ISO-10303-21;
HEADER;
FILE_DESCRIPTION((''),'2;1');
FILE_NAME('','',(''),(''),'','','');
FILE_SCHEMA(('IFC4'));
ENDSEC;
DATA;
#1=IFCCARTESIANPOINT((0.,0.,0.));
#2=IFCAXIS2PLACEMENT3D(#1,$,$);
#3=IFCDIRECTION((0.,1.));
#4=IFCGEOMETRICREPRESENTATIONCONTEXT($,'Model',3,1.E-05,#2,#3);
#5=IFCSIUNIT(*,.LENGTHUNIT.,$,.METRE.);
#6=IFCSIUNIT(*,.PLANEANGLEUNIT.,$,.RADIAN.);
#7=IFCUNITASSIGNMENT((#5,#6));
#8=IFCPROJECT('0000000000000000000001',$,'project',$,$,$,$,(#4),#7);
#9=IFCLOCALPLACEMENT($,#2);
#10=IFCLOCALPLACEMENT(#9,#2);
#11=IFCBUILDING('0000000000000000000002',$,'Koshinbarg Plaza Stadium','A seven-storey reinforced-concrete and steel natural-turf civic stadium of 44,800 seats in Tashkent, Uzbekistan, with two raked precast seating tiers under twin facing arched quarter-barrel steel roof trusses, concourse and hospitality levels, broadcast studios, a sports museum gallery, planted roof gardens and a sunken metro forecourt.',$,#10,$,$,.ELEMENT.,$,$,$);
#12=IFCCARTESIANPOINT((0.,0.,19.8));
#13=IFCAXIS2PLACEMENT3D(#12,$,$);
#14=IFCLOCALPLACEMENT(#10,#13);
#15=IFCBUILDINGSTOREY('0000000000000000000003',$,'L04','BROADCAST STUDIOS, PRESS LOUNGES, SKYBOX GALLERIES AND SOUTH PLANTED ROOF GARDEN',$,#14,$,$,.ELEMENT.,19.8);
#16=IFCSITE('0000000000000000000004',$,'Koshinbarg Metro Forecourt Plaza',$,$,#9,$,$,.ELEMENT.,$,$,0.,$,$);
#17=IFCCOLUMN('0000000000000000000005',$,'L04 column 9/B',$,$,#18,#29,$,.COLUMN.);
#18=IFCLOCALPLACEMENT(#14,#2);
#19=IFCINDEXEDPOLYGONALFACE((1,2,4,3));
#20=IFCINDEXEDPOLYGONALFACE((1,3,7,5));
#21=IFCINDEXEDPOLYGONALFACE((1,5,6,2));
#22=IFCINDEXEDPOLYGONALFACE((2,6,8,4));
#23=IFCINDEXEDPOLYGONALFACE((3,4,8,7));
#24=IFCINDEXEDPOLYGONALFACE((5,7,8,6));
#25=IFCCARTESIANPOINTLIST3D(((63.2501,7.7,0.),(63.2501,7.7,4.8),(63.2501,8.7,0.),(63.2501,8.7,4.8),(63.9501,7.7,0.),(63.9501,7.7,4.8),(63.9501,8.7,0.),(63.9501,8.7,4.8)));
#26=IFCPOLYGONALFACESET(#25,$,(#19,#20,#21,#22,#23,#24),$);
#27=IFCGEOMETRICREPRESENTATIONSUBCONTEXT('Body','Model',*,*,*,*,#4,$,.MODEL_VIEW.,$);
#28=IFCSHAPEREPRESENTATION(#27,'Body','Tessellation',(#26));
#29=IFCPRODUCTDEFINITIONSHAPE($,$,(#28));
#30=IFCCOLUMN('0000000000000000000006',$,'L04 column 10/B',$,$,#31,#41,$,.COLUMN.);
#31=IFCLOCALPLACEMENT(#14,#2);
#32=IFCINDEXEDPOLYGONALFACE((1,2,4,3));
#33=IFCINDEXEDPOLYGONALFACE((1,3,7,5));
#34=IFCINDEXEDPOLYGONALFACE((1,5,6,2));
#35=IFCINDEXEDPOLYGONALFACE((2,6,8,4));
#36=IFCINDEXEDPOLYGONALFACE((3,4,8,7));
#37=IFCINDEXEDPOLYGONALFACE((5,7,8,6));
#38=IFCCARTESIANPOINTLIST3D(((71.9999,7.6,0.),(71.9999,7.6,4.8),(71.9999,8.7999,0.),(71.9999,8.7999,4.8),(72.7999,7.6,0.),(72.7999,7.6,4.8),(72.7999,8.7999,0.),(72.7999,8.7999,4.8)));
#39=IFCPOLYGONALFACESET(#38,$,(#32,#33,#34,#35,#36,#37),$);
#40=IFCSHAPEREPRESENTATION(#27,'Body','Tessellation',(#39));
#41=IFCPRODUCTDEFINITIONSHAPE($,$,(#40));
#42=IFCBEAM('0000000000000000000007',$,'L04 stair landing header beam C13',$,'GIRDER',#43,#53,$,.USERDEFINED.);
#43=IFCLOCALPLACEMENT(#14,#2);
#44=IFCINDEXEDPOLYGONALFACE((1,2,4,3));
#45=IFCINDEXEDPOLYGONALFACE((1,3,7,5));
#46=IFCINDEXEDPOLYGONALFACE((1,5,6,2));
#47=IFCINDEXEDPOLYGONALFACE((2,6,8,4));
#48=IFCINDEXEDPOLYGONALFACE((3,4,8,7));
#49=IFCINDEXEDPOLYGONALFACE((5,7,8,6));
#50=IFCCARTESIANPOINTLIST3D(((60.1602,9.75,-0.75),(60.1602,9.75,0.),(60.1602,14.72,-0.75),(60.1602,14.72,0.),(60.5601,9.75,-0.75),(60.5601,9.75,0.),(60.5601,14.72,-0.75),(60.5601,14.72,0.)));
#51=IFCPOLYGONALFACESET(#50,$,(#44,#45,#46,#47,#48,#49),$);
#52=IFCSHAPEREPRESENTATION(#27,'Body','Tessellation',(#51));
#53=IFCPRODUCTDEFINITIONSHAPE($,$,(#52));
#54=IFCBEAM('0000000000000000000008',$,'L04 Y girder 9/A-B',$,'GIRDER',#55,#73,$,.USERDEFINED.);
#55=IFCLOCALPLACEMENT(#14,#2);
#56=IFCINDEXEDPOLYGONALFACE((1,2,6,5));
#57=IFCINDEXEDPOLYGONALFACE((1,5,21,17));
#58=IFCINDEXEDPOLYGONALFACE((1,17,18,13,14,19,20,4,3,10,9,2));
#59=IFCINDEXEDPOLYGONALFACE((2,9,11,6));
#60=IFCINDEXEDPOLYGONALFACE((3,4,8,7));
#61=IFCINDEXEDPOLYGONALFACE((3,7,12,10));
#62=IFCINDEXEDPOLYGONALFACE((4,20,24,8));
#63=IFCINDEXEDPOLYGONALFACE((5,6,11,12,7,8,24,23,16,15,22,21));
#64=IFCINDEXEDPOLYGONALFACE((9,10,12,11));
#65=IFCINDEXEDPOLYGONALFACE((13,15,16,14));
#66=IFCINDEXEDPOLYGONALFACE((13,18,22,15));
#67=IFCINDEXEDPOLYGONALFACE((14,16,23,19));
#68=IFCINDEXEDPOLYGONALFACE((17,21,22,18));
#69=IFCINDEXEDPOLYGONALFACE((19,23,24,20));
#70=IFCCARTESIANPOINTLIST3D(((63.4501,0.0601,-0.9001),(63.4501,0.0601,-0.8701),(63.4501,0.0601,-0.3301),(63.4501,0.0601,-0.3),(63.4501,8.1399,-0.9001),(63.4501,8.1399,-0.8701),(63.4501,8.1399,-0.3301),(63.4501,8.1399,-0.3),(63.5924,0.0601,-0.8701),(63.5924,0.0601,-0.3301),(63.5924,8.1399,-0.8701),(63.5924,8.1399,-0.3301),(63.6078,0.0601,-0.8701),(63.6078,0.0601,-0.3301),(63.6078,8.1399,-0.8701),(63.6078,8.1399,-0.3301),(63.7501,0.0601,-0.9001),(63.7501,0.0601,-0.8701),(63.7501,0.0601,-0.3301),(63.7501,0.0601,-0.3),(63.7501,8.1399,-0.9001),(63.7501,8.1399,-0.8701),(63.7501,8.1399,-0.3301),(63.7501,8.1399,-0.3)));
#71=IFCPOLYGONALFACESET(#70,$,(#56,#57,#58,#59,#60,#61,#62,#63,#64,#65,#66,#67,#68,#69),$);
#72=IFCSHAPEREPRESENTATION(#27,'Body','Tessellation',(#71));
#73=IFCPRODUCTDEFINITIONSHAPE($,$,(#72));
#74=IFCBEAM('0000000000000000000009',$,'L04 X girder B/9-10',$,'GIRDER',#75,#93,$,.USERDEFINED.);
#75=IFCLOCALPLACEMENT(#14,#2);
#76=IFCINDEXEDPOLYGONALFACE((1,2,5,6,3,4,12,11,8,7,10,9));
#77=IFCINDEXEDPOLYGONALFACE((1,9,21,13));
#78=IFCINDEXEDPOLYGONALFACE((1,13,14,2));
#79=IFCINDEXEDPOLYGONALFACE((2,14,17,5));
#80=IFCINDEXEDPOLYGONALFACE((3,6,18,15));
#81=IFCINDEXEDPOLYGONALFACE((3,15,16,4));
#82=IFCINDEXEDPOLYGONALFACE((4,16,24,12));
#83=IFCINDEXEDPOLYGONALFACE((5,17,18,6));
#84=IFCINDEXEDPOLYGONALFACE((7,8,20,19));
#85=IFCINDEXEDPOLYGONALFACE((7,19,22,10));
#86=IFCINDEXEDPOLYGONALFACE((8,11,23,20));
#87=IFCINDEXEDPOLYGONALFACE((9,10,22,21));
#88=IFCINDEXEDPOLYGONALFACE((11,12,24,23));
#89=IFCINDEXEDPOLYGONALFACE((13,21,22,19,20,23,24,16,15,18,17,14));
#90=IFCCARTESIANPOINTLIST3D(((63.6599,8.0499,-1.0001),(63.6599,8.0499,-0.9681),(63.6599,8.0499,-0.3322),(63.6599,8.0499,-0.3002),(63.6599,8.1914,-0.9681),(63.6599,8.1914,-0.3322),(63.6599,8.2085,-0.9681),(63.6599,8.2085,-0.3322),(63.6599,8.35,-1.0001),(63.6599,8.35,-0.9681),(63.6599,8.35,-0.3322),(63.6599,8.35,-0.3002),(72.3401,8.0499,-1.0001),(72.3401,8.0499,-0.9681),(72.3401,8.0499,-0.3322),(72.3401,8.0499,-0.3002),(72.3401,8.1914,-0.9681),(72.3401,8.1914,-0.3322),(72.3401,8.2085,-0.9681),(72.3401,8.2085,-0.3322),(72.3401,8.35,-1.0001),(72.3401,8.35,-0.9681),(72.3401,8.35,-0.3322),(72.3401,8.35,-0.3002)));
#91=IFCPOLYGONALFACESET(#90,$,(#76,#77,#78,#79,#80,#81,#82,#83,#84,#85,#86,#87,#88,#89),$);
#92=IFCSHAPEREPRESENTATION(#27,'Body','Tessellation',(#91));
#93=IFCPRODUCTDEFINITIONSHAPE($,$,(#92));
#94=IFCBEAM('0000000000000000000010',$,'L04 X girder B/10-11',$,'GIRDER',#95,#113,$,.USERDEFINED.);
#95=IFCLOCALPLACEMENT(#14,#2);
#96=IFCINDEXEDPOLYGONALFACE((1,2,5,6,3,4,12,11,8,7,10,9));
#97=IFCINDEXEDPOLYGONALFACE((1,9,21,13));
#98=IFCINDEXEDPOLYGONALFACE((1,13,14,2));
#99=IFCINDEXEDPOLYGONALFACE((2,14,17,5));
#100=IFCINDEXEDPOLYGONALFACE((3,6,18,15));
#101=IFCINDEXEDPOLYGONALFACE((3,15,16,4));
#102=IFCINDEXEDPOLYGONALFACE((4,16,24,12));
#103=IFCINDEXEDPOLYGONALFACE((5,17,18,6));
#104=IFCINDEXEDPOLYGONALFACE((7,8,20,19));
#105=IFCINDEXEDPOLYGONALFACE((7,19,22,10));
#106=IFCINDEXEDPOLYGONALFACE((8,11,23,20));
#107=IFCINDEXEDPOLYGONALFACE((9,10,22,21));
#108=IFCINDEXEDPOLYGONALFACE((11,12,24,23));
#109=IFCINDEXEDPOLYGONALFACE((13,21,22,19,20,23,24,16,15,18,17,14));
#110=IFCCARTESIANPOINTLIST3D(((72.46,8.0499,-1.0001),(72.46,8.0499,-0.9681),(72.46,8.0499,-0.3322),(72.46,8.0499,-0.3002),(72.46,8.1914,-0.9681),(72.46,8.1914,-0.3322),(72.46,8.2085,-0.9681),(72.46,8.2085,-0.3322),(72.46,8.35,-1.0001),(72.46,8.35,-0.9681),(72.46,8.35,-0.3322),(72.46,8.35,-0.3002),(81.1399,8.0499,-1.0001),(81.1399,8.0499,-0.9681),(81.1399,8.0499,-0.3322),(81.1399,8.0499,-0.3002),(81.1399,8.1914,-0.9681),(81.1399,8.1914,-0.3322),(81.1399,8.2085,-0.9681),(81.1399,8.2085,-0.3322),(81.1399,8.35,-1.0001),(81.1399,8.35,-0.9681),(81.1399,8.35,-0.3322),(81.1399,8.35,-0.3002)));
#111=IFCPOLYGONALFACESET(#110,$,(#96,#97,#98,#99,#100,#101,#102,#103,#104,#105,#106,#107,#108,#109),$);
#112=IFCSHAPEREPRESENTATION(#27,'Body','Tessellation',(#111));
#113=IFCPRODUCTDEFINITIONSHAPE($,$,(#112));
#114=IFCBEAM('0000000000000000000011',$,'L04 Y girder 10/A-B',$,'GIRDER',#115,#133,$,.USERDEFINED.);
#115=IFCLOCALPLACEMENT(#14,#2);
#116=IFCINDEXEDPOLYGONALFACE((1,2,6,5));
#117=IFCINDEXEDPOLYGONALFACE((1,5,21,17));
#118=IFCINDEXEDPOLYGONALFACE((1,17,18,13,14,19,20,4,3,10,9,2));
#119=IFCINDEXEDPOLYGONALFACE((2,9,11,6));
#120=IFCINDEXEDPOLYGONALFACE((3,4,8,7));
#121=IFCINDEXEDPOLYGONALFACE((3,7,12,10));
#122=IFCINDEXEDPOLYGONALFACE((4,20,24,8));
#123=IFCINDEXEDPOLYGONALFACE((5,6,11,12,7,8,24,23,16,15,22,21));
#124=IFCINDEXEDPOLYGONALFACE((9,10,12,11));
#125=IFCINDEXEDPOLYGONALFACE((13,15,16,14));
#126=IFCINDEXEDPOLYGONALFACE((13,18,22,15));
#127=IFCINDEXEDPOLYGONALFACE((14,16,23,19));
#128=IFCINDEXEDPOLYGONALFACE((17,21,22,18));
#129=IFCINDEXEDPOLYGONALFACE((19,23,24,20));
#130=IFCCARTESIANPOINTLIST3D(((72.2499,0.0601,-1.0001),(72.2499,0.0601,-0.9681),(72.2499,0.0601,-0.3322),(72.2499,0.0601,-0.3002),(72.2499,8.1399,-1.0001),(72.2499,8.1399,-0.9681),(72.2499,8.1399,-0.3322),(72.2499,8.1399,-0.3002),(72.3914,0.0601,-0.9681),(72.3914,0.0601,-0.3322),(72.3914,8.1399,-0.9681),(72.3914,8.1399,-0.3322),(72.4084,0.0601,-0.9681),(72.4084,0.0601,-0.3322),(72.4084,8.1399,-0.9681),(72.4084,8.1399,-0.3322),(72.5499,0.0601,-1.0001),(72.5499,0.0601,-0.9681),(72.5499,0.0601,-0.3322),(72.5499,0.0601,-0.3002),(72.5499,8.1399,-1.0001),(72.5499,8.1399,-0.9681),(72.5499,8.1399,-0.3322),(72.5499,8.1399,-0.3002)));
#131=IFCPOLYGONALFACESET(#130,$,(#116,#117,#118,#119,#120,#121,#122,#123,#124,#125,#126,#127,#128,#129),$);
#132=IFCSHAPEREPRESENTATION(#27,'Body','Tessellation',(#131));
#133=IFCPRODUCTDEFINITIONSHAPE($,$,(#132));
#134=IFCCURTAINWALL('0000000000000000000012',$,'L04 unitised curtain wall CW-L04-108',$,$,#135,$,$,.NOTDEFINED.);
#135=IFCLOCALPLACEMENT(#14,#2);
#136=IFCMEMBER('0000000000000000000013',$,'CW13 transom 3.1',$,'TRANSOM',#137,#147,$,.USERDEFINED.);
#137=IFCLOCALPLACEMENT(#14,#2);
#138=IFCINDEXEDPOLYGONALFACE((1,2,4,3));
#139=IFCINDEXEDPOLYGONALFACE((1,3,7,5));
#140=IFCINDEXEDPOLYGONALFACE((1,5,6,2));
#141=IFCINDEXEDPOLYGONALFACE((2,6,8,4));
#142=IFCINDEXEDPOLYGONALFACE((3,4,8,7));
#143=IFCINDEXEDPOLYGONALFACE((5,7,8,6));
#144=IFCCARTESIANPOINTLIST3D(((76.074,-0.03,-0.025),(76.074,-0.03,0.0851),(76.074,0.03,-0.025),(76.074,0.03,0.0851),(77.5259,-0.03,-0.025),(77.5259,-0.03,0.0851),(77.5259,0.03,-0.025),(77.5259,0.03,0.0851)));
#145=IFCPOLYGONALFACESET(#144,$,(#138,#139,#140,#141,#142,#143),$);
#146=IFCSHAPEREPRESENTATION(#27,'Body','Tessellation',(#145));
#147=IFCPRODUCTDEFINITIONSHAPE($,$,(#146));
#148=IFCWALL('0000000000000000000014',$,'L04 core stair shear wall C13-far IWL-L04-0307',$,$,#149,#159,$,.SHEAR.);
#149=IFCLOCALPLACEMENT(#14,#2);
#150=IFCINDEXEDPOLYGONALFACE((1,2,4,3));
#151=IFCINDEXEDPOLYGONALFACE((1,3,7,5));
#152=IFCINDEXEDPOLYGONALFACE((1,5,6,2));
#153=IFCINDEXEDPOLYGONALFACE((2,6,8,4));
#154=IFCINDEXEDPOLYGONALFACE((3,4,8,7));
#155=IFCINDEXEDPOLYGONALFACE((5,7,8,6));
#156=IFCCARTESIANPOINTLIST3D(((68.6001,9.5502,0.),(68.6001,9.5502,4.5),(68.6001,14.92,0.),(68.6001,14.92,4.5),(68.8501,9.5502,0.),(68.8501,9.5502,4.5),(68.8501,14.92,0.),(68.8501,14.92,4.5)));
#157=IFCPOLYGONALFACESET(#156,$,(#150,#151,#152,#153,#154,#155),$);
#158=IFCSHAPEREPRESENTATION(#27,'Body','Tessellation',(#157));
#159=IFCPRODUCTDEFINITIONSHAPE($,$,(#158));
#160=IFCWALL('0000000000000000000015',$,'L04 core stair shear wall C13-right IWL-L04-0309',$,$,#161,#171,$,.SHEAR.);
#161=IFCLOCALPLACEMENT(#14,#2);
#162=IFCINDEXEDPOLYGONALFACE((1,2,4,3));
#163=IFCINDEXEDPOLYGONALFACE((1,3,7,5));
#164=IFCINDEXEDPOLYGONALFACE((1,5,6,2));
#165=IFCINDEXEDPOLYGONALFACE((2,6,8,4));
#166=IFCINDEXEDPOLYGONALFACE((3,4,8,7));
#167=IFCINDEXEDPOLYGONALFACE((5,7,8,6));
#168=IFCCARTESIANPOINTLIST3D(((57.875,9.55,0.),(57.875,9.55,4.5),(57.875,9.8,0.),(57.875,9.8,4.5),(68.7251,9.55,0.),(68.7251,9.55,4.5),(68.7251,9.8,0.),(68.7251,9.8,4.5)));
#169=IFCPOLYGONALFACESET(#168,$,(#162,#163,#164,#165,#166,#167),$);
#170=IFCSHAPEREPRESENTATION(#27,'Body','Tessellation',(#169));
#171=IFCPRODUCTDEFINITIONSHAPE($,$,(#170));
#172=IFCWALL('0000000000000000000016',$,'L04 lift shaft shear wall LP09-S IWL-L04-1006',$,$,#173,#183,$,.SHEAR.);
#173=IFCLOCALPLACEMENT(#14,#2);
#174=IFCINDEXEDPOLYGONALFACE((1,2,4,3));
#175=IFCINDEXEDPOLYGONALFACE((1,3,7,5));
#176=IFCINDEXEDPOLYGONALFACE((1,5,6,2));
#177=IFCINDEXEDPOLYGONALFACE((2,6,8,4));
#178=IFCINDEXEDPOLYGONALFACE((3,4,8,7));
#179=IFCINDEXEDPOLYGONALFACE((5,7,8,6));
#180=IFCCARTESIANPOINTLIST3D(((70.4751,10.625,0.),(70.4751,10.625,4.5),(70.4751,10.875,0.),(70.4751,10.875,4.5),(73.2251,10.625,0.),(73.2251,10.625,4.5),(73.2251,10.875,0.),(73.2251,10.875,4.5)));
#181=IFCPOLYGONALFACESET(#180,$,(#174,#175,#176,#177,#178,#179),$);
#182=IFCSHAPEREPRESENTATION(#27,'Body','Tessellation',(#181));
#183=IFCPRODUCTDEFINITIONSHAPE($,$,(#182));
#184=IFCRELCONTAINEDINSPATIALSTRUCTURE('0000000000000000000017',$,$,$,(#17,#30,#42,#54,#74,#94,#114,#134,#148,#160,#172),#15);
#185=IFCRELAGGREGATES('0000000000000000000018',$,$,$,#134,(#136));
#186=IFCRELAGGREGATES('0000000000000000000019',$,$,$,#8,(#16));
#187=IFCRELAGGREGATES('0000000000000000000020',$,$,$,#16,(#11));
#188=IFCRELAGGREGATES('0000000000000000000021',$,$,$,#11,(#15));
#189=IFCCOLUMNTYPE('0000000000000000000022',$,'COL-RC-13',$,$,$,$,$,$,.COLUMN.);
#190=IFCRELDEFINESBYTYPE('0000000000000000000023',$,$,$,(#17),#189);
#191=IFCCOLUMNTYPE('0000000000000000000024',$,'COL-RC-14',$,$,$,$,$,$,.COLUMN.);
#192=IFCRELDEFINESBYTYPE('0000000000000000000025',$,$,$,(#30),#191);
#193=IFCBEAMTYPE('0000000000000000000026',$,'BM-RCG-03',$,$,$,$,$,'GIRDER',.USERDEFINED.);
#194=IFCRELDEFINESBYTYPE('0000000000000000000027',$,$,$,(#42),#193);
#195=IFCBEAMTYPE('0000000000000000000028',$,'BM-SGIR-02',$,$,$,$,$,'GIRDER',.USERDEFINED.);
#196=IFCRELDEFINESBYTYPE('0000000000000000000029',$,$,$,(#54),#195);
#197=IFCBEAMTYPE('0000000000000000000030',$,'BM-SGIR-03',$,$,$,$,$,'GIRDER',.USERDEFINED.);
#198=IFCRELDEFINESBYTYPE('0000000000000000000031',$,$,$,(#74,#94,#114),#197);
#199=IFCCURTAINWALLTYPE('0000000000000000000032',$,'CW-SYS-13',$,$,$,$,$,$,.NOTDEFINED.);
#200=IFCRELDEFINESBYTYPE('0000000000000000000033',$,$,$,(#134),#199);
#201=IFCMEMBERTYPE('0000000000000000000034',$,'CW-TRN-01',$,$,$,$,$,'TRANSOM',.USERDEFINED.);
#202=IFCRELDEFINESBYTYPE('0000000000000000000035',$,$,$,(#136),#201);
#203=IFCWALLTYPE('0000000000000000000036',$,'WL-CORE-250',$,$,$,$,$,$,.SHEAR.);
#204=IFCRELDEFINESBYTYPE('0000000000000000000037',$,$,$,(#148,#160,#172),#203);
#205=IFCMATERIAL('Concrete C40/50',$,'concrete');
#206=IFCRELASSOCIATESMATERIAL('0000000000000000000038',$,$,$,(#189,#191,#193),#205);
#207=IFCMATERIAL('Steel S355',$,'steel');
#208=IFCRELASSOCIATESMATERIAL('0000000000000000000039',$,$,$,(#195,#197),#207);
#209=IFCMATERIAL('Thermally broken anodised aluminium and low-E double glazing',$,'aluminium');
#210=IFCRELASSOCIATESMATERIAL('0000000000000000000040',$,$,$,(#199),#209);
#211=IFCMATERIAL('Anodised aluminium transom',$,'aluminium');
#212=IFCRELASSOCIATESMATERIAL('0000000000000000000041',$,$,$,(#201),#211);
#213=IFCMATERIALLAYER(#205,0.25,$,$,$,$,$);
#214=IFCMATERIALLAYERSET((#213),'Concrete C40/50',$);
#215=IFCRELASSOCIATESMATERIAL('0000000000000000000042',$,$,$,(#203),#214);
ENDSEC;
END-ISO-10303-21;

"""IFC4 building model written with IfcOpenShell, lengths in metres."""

from ifc_helpers import new_model, si_unit, direction, frame, frame_2d, origin, origin_2d, place, context, subcontext, project, spatial, rectangle, i_section, extrude, material, layer, layer_set, material_profile, profile_set, type_object, element, aggregate, save


model = new_model("IFC4")

# Units and contexts
model_context = context("Model", 3, precision=1e-05, world=origin(), true_north=direction((0.0, 1.0)))
body_context = subcontext(model_context, "Body", "Model", "MODEL_VIEW")
ifc_project = project(units=[si_unit("LENGTHUNIT", "METRE"), si_unit("PLANEANGLEUNIT", "RADIAN")], contexts=[model_context])

# Site, building, storey
site_placement = place(None, origin())
site = spatial("IfcSite", under=ifc_project, at=site_placement, Name="Koshinbarg Metro Forecourt Plaza", CompositionType="ELEMENT", RefElevation=0.0)
building_placement = place(site_placement, origin())
building = spatial("IfcBuilding", under=site, at=building_placement, Name="Koshinbarg Plaza Stadium", Description="A seven-storey reinforced-concrete and steel natural-turf civic stadium of 44,800 seats in Tashkent, Uzbekistan, with two raked precast seating tiers under twin facing arched quarter-barrel steel roof trusses, concourse and hospitality levels, broadcast studios, a sports museum gallery, planted roof gardens and a sunken metro forecourt.", CompositionType="ELEMENT")
storey_placement = place(building_placement, frame((0.0, 0.0, 19.8)))
storey = spatial("IfcBuildingStorey", under=building, at=storey_placement, Name="L04", Description="BROADCAST STUDIOS, PRESS LOUNGES, SKYBOX GALLERIES AND SOUTH PLANTED ROOF GARDEN", CompositionType="ELEMENT", Elevation=19.8)

# Columns
ifc_material_1 = material(Name="Concrete C40/50", Category="concrete")
ifc_material_profile_1 = material_profile(ifc_material_1, rectangle(XDim=0.7, YDim=1.0, at=origin_2d()), Name="RC 700x1000")
ifc_profile_set_1 = profile_set([ifc_material_profile_1], Name="Concrete C40/50")
column_type_1 = type_object("IfcColumnType", Name="COL-RC-13", PredefinedType="COLUMN", material=ifc_profile_set_1)
column_1_placement = place(storey_placement, frame((63.6001, 8.2, 0.0), z_axis=(0.0, 0.0, 1.0), x_axis=(1.0, 0.0, 0.0)))
element("IfcColumn", 1, at=column_1_placement, inside=storey, type_object=column_type_1, Name="L04 column 9/B", PredefinedType="COLUMN", context=body_context, shape_type="SweptSolid", body=[
    extrude(rectangle(XDim=0.7, YDim=1.0, at=origin_2d()), origin(), (0.0, 0.0, 1.0), 4.8),
])
ifc_material_profile_2 = material_profile(ifc_material_1, rectangle(XDim=0.8, YDim=1.2, at=origin_2d()), Name="RC 800x1200")
ifc_profile_set_2 = profile_set([ifc_material_profile_2], Name="Concrete C40/50")
column_type_2 = type_object("IfcColumnType", Name="COL-RC-14", PredefinedType="COLUMN", material=ifc_profile_set_2)
column_2_placement = place(storey_placement, frame((72.3999, 8.2, 0.0), z_axis=(0.0, 0.0, 1.0), x_axis=(1.0, 0.0, 0.0)))
element("IfcColumn", 2, at=column_2_placement, inside=storey, type_object=column_type_2, Name="L04 column 10/B", PredefinedType="COLUMN", context=body_context, shape_type="SweptSolid", body=[
    extrude(rectangle(XDim=0.8, YDim=1.2, at=origin_2d()), origin(), (0.0, 0.0, 1.0), 4.8),
])

# Beams
ifc_material_profile_3 = material_profile(ifc_material_1, rectangle(XDim=0.3999, YDim=0.75, at=origin_2d()), Name="RC 400x750")
ifc_profile_set_3 = profile_set([ifc_material_profile_3], Name="Concrete C40/50")
beam_type_1 = type_object("IfcBeamType", Name="BM-RCG-03", ElementType="GIRDER", PredefinedType="USERDEFINED", material=ifc_profile_set_3)
beam_1_placement = place(storey_placement, frame((60.3601, 9.75, -0.375), z_axis=(0.0, 1.0, 0.0), x_axis=(-1.0, 0.0, 0.0)))
element("IfcBeam", 3, at=beam_1_placement, inside=storey, type_object=beam_type_1, Name="L04 stair landing header beam C13", ObjectType="GIRDER", PredefinedType="USERDEFINED", context=body_context, shape_type="SweptSolid", body=[
    extrude(rectangle(XDim=0.3999, YDim=0.75, at=origin_2d()), origin(), (0.0, 0.0, 1.0), 4.97),
])
ifc_material_2 = material(Name="Steel S355", Category="steel")
ifc_material_profile_4 = material_profile(ifc_material_2, i_section(OverallWidth=0.3, OverallDepth=0.6001, WebThickness=0.0154, FlangeThickness=0.03, at=origin_2d()), Name="HEB 600")
ifc_profile_set_4 = profile_set([ifc_material_profile_4], Name="Steel S355")
beam_type_2 = type_object("IfcBeamType", Name="BM-SGIR-02", ElementType="GIRDER", PredefinedType="USERDEFINED", material=ifc_profile_set_4)
beam_2_placement = place(storey_placement, frame((63.6001, 0.0601, -0.6001), z_axis=(0.0, 1.0, 0.0), x_axis=(-1.0, 0.0, 0.0)))
element("IfcBeam", 4, at=beam_2_placement, inside=storey, type_object=beam_type_2, Name="L04 Y girder 9/A-B", ObjectType="GIRDER", PredefinedType="USERDEFINED", context=body_context, shape_type="SweptSolid", body=[
    extrude(i_section(OverallWidth=0.3, OverallDepth=0.6001, WebThickness=0.0154, FlangeThickness=0.03, at=origin_2d()), origin(), (0.0, 0.0, 1.0), 8.0798),
])
ifc_material_profile_5 = material_profile(ifc_material_2, i_section(OverallWidth=0.3, OverallDepth=0.7, WebThickness=0.0171, FlangeThickness=0.032, at=origin_2d()), Name="HEB 700")
ifc_profile_set_5 = profile_set([ifc_material_profile_5], Name="Steel S355")
beam_type_3 = type_object("IfcBeamType", Name="BM-SGIR-03", ElementType="GIRDER", PredefinedType="USERDEFINED", material=ifc_profile_set_5)
beam_3_placement = place(storey_placement, frame((63.6599, 8.2, -0.6501), z_axis=(1.0, 0.0, 0.0), x_axis=(0.0, 1.0, 0.0)))
element("IfcBeam", 5, at=beam_3_placement, inside=storey, type_object=beam_type_3, Name="L04 X girder B/9-10", ObjectType="GIRDER", PredefinedType="USERDEFINED", context=body_context, shape_type="SweptSolid", body=[
    extrude(i_section(OverallWidth=0.3, OverallDepth=0.7, WebThickness=0.0171, FlangeThickness=0.032, at=origin_2d()), origin(), (0.0, 0.0, 1.0), 8.6802),
])
beam_4_placement = place(storey_placement, frame((72.46, 8.2, -0.6501), z_axis=(1.0, 0.0, 0.0), x_axis=(0.0, 1.0, 0.0)))
element("IfcBeam", 6, at=beam_4_placement, inside=storey, type_object=beam_type_3, Name="L04 X girder B/10-11", ObjectType="GIRDER", PredefinedType="USERDEFINED", context=body_context, shape_type="SweptSolid", body=[
    extrude(i_section(OverallWidth=0.3, OverallDepth=0.7, WebThickness=0.0171, FlangeThickness=0.032, at=origin_2d()), origin(), (0.0, 0.0, 1.0), 8.6799),
])
beam_5_placement = place(storey_placement, frame((72.3999, 0.0601, -0.6501), z_axis=(0.0, 1.0, 0.0), x_axis=(-1.0, 0.0, 0.0)))
element("IfcBeam", 7, at=beam_5_placement, inside=storey, type_object=beam_type_3, Name="L04 Y girder 10/A-B", ObjectType="GIRDER", PredefinedType="USERDEFINED", context=body_context, shape_type="SweptSolid", body=[
    extrude(i_section(OverallWidth=0.3, OverallDepth=0.7, WebThickness=0.0171, FlangeThickness=0.032, at=origin_2d()), origin(), (0.0, 0.0, 1.0), 8.0798),
])

# Curtain wall, member
ifc_material_3 = material(Name="Thermally broken anodised aluminium and low-E double glazing", Category="aluminium")
curtain_wall_type = type_object("IfcCurtainWallType", Name="CW-SYS-13", PredefinedType="NOTDEFINED", material=ifc_material_3)
curtain_wall_placement = place(storey_placement, origin())
curtain_wall = element("IfcCurtainWall", 8, at=curtain_wall_placement, inside=storey, type_object=curtain_wall_type, Name="L04 unitised curtain wall CW-L04-108", PredefinedType="NOTDEFINED")
ifc_material_4 = material(Name="Anodised aluminium transom", Category="aluminium")
ifc_material_profile_6 = material_profile(ifc_material_4, rectangle(XDim=0.0601, YDim=0.1101, at=origin_2d()), Name="ALU 60x110")
ifc_profile_set_6 = profile_set([ifc_material_profile_6], Name="Anodised aluminium transom")
member_type = type_object("IfcMemberType", Name="CW-TRN-01", ElementType="TRANSOM", PredefinedType="USERDEFINED", material=ifc_profile_set_6)
member_placement = place(storey_placement, frame((77.5259, 0.0, 0.03), z_axis=(-1.0, 0.0, 0.0), x_axis=(0.0, -1.0, 0.0)))
member = element("IfcMember", 9, at=member_placement, type_object=member_type, Name="CW13 transom 3.1", ObjectType="TRANSOM", PredefinedType="USERDEFINED", context=body_context, shape_type="SweptSolid", body=[
    extrude(rectangle(XDim=0.0601, YDim=0.1101, at=origin_2d()), origin(), (0.0, 0.0, 1.0), 1.4519),
])
aggregate(curtain_wall, [member])

# Walls
ifc_layer_1 = layer(ifc_material_1, 0.25)
ifc_layer_set_1 = layer_set([ifc_layer_1], Name="Concrete C40/50")
wall_type_1 = type_object("IfcWallType", Name="WL-CORE-250", PredefinedType="SHEAR", material=ifc_layer_set_1)
wall_1_placement = place(storey_placement, frame((68.7251, 9.55, 0.0), z_axis=(0.0, 0.0, 1.0), x_axis=(0.0, 1.0, 0.0)))
element("IfcWall", 10, at=wall_1_placement, inside=storey, type_object=wall_type_1, Name="L04 core stair shear wall C13-far IWL-L04-0307", PredefinedType="SHEAR", context=body_context, shape_type="SweptSolid", body=[
    extrude(rectangle(XDim=5.3699, YDim=0.25, at=frame_2d((2.6851, 0.0))), origin(), (0.0, 0.0, 1.0), 4.5),
])
wall_2_placement = place(storey_placement, frame((57.875, 9.675, 0.0), z_axis=(0.0, 0.0, 1.0), x_axis=(1.0, 0.0, 0.0)))
element("IfcWall", 11, at=wall_2_placement, inside=storey, type_object=wall_type_1, Name="L04 core stair shear wall C13-right IWL-L04-0309", PredefinedType="SHEAR", context=body_context, shape_type="SweptSolid", body=[
    extrude(rectangle(XDim=10.8501, YDim=0.25, at=frame_2d((5.425, 0.0))), origin(), (0.0, 0.0, 1.0), 4.5),
])
for number, where, z_axis, x_axis, name in (
    (12, (70.4751, 10.75, 0.0), (0.0, 0.0, 1.0), (1.0, 0.0, 0.0), "L04 lift shaft shear wall LP09-S IWL-L04-1006"),
):
    element("IfcWall", number, at=place(storey_placement, frame(where, z_axis=z_axis, x_axis=x_axis)), inside=storey, type_object=wall_type_1, Name=name, PredefinedType="SHEAR", context=body_context, shape_type="SweptSolid", body=[
        extrude(rectangle(XDim=2.75, YDim=0.25, at=frame_2d((1.375, 0.0))), origin(), (0.0, 0.0, 1.0), 4.5),
    ])

save(model, "model.ifc")
